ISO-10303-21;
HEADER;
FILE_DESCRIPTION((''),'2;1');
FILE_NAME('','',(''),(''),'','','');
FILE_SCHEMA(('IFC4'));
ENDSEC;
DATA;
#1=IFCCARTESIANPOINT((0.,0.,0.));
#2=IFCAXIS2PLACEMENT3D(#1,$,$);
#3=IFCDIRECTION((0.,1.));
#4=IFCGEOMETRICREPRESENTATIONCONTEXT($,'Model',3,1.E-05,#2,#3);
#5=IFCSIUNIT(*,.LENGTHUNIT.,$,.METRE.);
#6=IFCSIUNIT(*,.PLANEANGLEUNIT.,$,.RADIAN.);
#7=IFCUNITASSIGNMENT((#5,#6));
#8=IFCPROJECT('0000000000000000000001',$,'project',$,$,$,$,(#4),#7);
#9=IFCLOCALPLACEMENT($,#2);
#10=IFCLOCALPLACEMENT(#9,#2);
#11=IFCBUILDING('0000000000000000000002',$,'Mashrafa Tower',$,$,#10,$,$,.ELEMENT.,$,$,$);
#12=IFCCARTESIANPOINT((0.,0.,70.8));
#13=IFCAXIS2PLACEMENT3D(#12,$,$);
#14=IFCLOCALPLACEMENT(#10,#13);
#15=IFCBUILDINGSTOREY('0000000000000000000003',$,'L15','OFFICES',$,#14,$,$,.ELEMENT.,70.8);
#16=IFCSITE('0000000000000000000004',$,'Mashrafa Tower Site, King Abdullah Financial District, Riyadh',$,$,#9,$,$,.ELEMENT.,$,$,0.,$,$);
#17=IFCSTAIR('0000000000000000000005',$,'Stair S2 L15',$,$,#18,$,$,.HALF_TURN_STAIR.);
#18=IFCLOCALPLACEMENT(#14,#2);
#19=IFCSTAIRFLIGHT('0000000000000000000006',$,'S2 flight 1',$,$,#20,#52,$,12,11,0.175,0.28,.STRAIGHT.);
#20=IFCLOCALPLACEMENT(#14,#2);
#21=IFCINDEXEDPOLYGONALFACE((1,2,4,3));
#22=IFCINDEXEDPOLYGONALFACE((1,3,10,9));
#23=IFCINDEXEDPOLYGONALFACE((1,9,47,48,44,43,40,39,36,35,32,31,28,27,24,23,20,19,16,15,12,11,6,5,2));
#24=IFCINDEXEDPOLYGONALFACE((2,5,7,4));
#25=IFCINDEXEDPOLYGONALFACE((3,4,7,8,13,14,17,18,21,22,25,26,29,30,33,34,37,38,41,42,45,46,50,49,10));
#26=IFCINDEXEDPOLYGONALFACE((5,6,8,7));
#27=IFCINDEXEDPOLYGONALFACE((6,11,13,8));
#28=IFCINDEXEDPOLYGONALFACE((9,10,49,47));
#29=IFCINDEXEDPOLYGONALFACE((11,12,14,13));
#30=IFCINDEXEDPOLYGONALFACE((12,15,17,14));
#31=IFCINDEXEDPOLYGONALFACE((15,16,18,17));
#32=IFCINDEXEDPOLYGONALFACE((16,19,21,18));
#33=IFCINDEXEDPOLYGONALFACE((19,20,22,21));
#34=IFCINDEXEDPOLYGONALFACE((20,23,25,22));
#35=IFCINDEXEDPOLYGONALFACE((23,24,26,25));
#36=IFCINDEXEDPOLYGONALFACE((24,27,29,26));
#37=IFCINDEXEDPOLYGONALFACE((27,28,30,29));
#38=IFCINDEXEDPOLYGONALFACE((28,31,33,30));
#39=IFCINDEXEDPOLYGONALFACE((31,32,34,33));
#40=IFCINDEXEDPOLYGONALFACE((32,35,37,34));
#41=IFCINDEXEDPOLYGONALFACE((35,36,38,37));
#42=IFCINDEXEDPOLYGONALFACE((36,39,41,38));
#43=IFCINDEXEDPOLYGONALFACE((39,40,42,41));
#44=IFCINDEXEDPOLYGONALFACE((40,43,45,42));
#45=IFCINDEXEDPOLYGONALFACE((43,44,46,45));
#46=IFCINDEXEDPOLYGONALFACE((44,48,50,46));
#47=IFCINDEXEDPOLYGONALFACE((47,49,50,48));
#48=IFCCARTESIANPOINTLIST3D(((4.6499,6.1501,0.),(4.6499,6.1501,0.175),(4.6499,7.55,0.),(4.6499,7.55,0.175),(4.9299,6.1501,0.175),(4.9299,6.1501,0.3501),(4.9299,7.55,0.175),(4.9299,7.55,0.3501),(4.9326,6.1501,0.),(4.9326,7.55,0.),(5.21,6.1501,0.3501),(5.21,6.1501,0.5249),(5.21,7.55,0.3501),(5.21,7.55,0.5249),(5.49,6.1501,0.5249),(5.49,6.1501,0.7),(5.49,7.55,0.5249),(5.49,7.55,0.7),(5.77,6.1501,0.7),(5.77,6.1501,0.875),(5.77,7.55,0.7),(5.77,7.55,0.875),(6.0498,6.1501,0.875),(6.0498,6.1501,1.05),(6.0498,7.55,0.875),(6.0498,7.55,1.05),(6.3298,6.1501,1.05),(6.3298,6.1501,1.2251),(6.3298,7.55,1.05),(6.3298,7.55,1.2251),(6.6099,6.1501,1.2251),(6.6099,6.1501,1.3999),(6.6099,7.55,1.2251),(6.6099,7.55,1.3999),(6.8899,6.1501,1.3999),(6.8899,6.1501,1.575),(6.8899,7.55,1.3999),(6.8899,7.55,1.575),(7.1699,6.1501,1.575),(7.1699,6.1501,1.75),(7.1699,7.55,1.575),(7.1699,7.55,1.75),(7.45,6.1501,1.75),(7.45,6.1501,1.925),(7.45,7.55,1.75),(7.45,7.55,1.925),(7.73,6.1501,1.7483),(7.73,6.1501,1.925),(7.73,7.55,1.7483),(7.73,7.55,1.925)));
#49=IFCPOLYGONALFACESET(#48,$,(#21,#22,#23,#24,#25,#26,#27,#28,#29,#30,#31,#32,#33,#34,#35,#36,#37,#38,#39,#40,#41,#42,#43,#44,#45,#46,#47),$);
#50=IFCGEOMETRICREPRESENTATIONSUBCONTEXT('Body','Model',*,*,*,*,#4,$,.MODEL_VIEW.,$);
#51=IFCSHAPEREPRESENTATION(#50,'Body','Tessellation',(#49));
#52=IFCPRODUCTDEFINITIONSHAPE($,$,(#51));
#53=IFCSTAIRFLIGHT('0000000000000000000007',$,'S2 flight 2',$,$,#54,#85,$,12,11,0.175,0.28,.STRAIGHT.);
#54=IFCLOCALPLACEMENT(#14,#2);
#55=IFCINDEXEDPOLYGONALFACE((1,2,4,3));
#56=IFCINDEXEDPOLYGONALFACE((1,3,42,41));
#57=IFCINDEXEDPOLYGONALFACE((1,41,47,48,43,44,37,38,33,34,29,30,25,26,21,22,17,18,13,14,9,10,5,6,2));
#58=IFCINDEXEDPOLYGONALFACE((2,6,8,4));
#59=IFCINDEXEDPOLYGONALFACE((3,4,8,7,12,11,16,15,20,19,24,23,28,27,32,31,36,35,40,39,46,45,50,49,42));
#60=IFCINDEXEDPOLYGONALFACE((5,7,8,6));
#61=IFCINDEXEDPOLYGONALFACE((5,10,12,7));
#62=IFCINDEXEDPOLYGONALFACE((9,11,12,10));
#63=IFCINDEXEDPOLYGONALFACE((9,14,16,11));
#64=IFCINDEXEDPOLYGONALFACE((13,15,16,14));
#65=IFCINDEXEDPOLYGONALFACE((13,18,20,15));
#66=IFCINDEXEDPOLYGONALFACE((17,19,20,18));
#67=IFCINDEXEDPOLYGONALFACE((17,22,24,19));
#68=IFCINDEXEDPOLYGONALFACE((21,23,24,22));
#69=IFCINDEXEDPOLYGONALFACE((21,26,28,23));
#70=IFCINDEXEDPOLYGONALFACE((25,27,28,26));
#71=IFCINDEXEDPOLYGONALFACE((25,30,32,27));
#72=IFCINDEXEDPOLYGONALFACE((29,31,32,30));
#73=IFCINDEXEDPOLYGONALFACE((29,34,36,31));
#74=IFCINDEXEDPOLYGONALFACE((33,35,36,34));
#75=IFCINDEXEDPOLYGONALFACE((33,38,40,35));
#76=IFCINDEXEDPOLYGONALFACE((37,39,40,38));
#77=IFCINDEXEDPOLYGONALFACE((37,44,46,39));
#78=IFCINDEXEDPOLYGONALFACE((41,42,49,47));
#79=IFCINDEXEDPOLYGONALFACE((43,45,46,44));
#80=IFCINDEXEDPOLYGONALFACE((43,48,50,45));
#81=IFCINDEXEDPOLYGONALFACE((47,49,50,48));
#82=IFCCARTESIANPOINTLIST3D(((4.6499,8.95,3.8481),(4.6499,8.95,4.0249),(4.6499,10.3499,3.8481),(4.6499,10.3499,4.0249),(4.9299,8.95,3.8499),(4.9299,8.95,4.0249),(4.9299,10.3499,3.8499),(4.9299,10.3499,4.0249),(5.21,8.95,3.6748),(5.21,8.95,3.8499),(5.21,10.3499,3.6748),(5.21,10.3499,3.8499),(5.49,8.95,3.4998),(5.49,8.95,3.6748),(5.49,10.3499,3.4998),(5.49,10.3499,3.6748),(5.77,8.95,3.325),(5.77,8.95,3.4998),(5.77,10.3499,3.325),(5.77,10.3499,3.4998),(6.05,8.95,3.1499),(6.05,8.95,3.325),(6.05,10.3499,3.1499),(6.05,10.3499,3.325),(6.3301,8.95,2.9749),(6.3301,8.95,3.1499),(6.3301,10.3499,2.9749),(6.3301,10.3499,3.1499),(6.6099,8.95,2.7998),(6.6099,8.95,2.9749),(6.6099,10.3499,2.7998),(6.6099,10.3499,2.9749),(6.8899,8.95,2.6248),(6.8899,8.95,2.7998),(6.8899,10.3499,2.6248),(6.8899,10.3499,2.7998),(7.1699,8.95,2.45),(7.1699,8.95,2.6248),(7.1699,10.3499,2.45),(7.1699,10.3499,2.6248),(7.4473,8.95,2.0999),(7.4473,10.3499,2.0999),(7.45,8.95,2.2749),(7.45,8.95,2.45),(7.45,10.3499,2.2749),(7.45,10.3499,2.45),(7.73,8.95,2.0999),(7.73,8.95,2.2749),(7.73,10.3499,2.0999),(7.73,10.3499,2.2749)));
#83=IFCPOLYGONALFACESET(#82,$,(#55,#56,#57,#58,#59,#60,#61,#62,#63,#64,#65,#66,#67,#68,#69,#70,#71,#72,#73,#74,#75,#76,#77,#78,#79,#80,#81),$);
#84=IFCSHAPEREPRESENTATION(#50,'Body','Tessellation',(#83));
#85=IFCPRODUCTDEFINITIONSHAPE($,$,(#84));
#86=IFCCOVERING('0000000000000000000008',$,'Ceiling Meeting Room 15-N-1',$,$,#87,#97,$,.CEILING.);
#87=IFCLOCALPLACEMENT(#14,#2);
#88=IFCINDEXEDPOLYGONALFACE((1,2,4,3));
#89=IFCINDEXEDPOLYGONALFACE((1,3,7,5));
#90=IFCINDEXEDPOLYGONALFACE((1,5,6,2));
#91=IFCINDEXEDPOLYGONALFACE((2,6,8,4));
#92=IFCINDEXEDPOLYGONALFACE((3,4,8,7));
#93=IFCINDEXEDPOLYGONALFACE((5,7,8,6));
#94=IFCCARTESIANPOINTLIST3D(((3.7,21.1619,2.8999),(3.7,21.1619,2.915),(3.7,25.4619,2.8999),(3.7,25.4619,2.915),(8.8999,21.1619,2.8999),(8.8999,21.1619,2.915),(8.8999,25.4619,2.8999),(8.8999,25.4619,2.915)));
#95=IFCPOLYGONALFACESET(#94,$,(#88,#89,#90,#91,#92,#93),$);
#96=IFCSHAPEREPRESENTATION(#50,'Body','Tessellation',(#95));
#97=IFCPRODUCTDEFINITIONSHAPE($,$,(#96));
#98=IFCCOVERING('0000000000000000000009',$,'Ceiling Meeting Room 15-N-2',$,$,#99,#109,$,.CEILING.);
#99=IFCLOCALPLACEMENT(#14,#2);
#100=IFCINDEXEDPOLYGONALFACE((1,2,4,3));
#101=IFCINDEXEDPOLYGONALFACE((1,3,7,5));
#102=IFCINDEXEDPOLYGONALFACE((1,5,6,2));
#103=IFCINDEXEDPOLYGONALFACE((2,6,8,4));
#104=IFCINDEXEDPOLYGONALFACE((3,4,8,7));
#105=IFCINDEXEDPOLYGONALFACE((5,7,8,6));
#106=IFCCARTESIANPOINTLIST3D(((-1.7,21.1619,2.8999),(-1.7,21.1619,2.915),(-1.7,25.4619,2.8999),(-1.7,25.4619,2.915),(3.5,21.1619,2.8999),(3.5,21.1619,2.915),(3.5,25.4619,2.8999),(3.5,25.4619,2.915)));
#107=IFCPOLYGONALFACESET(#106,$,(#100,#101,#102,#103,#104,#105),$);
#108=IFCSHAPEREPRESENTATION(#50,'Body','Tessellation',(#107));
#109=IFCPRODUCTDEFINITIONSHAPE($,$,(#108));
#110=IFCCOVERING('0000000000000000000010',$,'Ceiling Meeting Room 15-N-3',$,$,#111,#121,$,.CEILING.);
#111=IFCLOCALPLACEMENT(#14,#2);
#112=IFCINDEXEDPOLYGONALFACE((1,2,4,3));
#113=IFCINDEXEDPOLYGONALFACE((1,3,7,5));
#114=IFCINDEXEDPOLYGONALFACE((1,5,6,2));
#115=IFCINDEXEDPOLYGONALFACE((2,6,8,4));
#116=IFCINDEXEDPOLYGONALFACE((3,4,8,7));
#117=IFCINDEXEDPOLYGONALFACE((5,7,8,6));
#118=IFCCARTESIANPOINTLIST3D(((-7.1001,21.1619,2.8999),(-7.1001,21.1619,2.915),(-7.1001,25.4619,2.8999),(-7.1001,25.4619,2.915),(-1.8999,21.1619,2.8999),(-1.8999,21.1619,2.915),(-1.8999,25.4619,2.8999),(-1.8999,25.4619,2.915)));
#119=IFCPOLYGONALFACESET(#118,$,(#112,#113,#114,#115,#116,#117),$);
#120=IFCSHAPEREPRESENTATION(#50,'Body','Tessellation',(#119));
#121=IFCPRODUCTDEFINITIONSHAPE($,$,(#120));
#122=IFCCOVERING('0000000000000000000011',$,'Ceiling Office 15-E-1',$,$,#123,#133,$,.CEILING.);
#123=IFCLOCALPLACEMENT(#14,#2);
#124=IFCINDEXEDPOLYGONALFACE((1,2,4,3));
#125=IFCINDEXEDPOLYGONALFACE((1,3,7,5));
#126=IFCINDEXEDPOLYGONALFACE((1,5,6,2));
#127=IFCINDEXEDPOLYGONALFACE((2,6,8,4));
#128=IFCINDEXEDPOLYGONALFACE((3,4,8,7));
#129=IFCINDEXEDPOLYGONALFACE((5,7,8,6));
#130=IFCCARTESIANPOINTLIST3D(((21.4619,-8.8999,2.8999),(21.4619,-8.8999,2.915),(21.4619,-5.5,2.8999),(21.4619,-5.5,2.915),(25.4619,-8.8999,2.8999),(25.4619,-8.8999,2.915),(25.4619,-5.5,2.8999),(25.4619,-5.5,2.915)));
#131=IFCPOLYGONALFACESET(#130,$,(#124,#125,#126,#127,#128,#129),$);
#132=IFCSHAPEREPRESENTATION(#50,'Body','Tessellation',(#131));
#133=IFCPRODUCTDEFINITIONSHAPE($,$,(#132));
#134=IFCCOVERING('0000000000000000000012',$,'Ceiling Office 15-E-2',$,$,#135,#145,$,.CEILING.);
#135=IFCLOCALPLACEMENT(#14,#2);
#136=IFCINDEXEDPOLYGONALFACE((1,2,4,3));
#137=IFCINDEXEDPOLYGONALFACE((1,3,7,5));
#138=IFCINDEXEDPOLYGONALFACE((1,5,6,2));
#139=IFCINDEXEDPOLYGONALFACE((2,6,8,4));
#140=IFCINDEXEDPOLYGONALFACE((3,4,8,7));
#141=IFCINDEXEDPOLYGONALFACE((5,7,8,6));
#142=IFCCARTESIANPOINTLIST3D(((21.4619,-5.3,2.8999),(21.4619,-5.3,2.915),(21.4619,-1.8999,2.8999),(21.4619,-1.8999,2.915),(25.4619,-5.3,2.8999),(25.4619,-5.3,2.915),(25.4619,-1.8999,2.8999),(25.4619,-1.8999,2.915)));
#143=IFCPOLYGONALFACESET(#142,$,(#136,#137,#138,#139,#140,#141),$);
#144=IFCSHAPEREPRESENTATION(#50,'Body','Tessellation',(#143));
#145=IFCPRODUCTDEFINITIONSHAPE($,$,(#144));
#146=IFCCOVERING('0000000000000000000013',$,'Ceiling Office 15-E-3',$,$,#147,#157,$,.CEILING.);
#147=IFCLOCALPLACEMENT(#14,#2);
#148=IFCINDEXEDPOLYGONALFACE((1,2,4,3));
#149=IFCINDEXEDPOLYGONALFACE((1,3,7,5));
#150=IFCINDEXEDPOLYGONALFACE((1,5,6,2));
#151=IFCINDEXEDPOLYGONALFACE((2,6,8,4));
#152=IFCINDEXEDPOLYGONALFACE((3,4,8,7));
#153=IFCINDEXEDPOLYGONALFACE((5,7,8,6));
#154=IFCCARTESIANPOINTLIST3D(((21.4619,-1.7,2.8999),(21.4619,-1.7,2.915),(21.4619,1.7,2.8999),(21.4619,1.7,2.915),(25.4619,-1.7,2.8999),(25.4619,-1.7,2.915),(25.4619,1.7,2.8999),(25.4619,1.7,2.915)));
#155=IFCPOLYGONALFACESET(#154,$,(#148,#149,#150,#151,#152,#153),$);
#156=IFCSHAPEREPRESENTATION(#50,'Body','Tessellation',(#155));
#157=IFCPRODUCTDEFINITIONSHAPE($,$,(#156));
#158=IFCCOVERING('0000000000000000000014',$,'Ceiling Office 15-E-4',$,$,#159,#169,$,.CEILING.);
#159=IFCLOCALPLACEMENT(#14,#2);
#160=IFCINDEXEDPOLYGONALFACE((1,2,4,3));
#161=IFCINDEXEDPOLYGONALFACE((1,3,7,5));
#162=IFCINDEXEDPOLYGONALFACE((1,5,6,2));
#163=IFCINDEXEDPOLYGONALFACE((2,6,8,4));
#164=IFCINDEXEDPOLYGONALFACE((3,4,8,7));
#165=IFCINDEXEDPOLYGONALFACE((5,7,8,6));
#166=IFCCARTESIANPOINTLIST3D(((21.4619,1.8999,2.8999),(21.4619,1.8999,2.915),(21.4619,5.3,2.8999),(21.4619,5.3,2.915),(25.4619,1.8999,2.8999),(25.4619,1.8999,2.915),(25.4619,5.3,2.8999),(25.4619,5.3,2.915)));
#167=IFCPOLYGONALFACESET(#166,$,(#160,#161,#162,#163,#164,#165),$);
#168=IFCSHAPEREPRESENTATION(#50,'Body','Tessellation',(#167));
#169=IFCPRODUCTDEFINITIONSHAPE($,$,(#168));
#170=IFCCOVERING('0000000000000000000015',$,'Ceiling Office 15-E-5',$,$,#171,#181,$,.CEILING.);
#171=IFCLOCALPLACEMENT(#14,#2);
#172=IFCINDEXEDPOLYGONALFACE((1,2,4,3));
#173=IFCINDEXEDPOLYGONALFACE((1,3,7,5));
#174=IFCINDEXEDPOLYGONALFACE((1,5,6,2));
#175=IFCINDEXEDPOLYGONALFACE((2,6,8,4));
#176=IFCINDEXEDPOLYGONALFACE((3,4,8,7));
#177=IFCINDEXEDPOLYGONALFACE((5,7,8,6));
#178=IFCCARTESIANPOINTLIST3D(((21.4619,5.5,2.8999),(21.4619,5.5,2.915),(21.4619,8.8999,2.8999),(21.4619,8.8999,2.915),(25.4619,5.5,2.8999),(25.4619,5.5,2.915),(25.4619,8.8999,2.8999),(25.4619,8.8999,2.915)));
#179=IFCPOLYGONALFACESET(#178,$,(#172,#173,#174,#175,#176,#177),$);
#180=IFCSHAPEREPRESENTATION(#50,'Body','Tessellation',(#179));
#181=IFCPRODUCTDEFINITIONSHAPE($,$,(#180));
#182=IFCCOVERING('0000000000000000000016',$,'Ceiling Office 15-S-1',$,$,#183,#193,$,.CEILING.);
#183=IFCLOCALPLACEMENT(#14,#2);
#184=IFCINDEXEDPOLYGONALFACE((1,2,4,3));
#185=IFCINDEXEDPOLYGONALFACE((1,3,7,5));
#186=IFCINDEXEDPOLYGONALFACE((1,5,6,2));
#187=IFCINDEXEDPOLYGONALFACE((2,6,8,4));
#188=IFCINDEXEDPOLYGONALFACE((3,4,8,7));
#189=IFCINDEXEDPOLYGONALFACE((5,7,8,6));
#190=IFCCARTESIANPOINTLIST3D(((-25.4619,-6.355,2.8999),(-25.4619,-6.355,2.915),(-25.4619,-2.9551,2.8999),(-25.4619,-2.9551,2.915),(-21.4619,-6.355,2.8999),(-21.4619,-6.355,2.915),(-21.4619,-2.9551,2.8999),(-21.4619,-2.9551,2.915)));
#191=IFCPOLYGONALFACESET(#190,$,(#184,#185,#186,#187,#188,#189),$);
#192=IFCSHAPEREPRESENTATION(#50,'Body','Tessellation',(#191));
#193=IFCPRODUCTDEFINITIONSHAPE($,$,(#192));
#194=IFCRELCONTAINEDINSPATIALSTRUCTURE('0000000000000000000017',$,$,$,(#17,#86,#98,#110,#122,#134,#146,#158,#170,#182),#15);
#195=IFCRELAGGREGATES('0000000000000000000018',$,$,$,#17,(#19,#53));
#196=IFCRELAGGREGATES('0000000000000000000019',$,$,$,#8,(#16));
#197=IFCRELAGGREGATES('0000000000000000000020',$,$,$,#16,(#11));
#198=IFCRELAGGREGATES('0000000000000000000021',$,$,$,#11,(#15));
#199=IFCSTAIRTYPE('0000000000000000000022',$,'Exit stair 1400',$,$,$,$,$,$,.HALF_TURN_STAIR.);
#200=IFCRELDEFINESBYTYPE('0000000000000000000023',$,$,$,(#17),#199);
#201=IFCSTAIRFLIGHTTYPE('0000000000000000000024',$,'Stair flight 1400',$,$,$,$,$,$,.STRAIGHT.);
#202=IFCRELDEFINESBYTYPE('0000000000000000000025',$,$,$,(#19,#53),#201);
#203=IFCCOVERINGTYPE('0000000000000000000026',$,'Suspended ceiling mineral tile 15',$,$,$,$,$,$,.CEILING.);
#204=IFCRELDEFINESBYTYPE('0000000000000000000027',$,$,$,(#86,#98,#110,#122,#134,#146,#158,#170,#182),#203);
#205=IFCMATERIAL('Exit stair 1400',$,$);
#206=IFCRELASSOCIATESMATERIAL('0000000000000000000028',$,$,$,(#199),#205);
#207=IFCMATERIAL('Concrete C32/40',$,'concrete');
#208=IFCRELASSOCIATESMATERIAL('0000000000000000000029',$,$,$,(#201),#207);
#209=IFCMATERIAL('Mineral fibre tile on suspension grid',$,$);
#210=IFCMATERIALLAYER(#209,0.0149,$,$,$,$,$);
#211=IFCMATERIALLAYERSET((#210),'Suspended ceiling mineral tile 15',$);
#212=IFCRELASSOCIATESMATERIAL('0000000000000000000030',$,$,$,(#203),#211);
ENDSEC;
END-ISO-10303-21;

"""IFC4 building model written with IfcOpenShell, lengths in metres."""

from ifc_helpers import new_model, si_unit, direction, frame, origin, place, context, subcontext, project, spatial, polyline, outline, extrude, material, layer, layer_set, type_object, element, aggregate, save


model = new_model("IFC4")

# Units and contexts
model_context = context("Model", 3, precision=1e-05, world=origin(), true_north=direction((0.0, 1.0)))
body_context = subcontext(model_context, "Body", "Model", "MODEL_VIEW")
ifc_project = project(units=[si_unit("LENGTHUNIT", "METRE"), si_unit("PLANEANGLEUNIT", "RADIAN")], contexts=[model_context])

# Site, building, storey
site_placement = place(None, origin())
site = spatial("IfcSite", under=ifc_project, at=site_placement, Name="Mashrafa Tower Site, King Abdullah Financial District, Riyadh", CompositionType="ELEMENT", RefElevation=0.0)
building_placement = place(site_placement, origin())
building = spatial("IfcBuilding", under=site, at=building_placement, Name="Mashrafa Tower", CompositionType="ELEMENT")
storey_placement = place(building_placement, frame((0.0, 0.0, 70.8)))
storey = spatial("IfcBuildingStorey", under=building, at=storey_placement, Name="L15", Description="OFFICES", CompositionType="ELEMENT", Elevation=70.8)

# Stair, stair flights
ifc_material_1 = material(Name="Exit stair 1400")
stair_type = type_object("IfcStairType", Name="Exit stair 1400", PredefinedType="HALF_TURN_STAIR", material=ifc_material_1)
stair_placement = place(storey_placement, origin())
stair = element("IfcStair", 1, at=stair_placement, inside=storey, type_object=stair_type, Name="Stair S2 L15", PredefinedType="HALF_TURN_STAIR")
ifc_material_2 = material(Name="Concrete C32/40", Category="concrete")
stair_flight_type = type_object("IfcStairFlightType", Name="Stair flight 1400", PredefinedType="STRAIGHT", material=ifc_material_2)
stair_flight_1_placement = place(storey_placement, frame((4.6499, 6.8501, 0.0), z_axis=(0.0, 0.0, 1.0), x_axis=(1.0, 0.0, 0.0)))
stair_flight_1 = element("IfcStairFlight", 2, at=stair_flight_1_placement, type_object=stair_flight_type, Name="S2 flight 1", NumberOfRisers=12, NumberOfTreads=11, PredefinedType="STRAIGHT", RiserHeight=0.175, TreadLength=0.28, context=body_context, shape_type="SweptSolid", body=[
    extrude(outline(polyline([(0.0, 0.0), (0.0, 0.175), (0.28, 0.175), (0.28, 0.3501), (0.5601, 0.3501), (0.5601, 0.5249), (0.8401, 0.5249), (0.8401, 0.7), (1.1201, 0.7), (1.1201, 0.875), (1.3999, 0.875), (1.3999, 1.05), (1.6799, 1.05), (1.6799, 1.2251), (1.96, 1.2251), (1.96, 1.3999), (2.24, 1.3999), (2.24, 1.575), (2.52, 1.575), (2.52, 1.75), (2.8, 1.75), (2.8, 1.925), (3.0801, 1.925), (3.0801, 2.1001), (3.0801, 1.7483), (0.2827, 0.0), (0.0, 0.0)])), frame((0.0, 0.7, 0.0), z_axis=(0.0, -1.0, 0.0), x_axis=(1.0, 0.0, 0.0)), (0.0, 0.0, 1.0), 1.3999),
])
stair_flight_2_placement = place(storey_placement, frame((7.73, 9.6499, 2.0999), z_axis=(0.0, 0.0, 1.0), x_axis=(-1.0, 0.0, 0.0)))
stair_flight_2 = element("IfcStairFlight", 3, at=stair_flight_2_placement, type_object=stair_flight_type, Name="S2 flight 2", NumberOfRisers=12, NumberOfTreads=11, PredefinedType="STRAIGHT", RiserHeight=0.175, TreadLength=0.28, context=body_context, shape_type="SweptSolid", body=[
    extrude(outline(polyline([(0.0, 0.0), (0.0, 0.175), (0.28, 0.175), (0.28, 0.3501), (0.5601, 0.3501), (0.5601, 0.5249), (0.8401, 0.5249), (0.8401, 0.7), (1.1201, 0.7), (1.1201, 0.875), (1.3999, 0.875), (1.3999, 1.05), (1.6799, 1.05), (1.6799, 1.2251), (1.96, 1.2251), (1.96, 1.3999), (2.24, 1.3999), (2.24, 1.575), (2.52, 1.575), (2.52, 1.75), (2.8, 1.75), (2.8, 1.925), (3.0801, 1.925), (3.0801, 2.1001), (3.0801, 1.7483), (0.2827, 0.0), (0.0, 0.0)])), frame((0.0, 0.7, 0.0), z_axis=(0.0, -1.0, 0.0), x_axis=(1.0, 0.0, 0.0)), (0.0, 0.0, 1.0), 1.3999),
])
aggregate(stair, [stair_flight_1, stair_flight_2])

# Coverings
ifc_material_3 = material(Name="Mineral fibre tile on suspension grid")
ifc_layer_1 = layer(ifc_material_3, 0.0149)
ifc_layer_set_1 = layer_set([ifc_layer_1], Name="Suspended ceiling mineral tile 15")
covering_type = type_object("IfcCoveringType", Name="Suspended ceiling mineral tile 15", PredefinedType="CEILING", material=ifc_layer_set_1)
covering_1_placement = place(storey_placement, frame((0.0, 0.0, 2.8999)))
element("IfcCovering", 4, at=covering_1_placement, inside=storey, type_object=covering_type, Name="Ceiling Meeting Room 15-N-1", PredefinedType="CEILING", context=body_context, shape_type="SweptSolid", body=[
    extrude(outline(polyline([(3.7, 25.4619), (8.8999, 25.4619), (8.8999, 21.1619), (3.7, 21.1619), (3.7, 25.4619)])), origin(), (0.0, 0.0, 1.0), 0.0151),
])
covering_2_placement = place(storey_placement, frame((0.0, 0.0, 2.8999)))
element("IfcCovering", 5, at=covering_2_placement, inside=storey, type_object=covering_type, Name="Ceiling Meeting Room 15-N-2", PredefinedType="CEILING", context=body_context, shape_type="SweptSolid", body=[
    extrude(outline(polyline([(-1.7, 25.4619), (3.5, 25.4619), (3.5, 21.1619), (-1.7, 21.1619), (-1.7, 25.4619)])), origin(), (0.0, 0.0, 1.0), 0.0151),
])
covering_3_placement = place(storey_placement, frame((0.0, 0.0, 2.8999)))
element("IfcCovering", 6, at=covering_3_placement, inside=storey, type_object=covering_type, Name="Ceiling Meeting Room 15-N-3", PredefinedType="CEILING", context=body_context, shape_type="SweptSolid", body=[
    extrude(outline(polyline([(-7.1001, 25.4619), (-1.8999, 25.4619), (-1.8999, 21.1619), (-7.1001, 21.1619), (-7.1001, 25.4619)])), origin(), (0.0, 0.0, 1.0), 0.0151),
])
covering_4_placement = place(storey_placement, frame((0.0, 0.0, 2.8999)))
element("IfcCovering", 7, at=covering_4_placement, inside=storey, type_object=covering_type, Name="Ceiling Office 15-E-1", PredefinedType="CEILING", context=body_context, shape_type="SweptSolid", body=[
    extrude(outline(polyline([(21.4619, -5.5), (25.4619, -5.5), (25.4619, -8.8999), (21.4619, -8.8999), (21.4619, -5.5)])), origin(), (0.0, 0.0, 1.0), 0.0151),
])
covering_5_placement = place(storey_placement, frame((0.0, 0.0, 2.8999)))
element("IfcCovering", 8, at=covering_5_placement, inside=storey, type_object=covering_type, Name="Ceiling Office 15-E-2", PredefinedType="CEILING", context=body_context, shape_type="SweptSolid", body=[
    extrude(outline(polyline([(21.4619, -1.8999), (25.4619, -1.8999), (25.4619, -5.3), (21.4619, -5.3), (21.4619, -1.8999)])), origin(), (0.0, 0.0, 1.0), 0.0151),
])
covering_6_placement = place(storey_placement, frame((0.0, 0.0, 2.8999)))
element("IfcCovering", 9, at=covering_6_placement, inside=storey, type_object=covering_type, Name="Ceiling Office 15-E-3", PredefinedType="CEILING", context=body_context, shape_type="SweptSolid", body=[
    extrude(outline(polyline([(21.4619, 1.7), (25.4619, 1.7), (25.4619, -1.7), (21.4619, -1.7), (21.4619, 1.7)])), origin(), (0.0, 0.0, 1.0), 0.0151),
])
covering_7_placement = place(storey_placement, frame((0.0, 0.0, 2.8999)))
element("IfcCovering", 10, at=covering_7_placement, inside=storey, type_object=covering_type, Name="Ceiling Office 15-E-4", PredefinedType="CEILING", context=body_context, shape_type="SweptSolid", body=[
    extrude(outline(polyline([(21.4619, 5.3), (25.4619, 5.3), (25.4619, 1.8999), (21.4619, 1.8999), (21.4619, 5.3)])), origin(), (0.0, 0.0, 1.0), 0.0151),
])
covering_8_placement = place(storey_placement, frame((0.0, 0.0, 2.8999)))
element("IfcCovering", 11, at=covering_8_placement, inside=storey, type_object=covering_type, Name="Ceiling Office 15-E-5", PredefinedType="CEILING", context=body_context, shape_type="SweptSolid", body=[
    extrude(outline(polyline([(21.4619, 8.8999), (25.4619, 8.8999), (25.4619, 5.5), (21.4619, 5.5), (21.4619, 8.8999)])), origin(), (0.0, 0.0, 1.0), 0.0151),
])
covering_9_placement = place(storey_placement, frame((0.0, 0.0, 2.8999)))
element("IfcCovering", 12, at=covering_9_placement, inside=storey, type_object=covering_type, Name="Ceiling Office 15-S-1", PredefinedType="CEILING", context=body_context, shape_type="SweptSolid", body=[
    extrude(outline(polyline([(-21.4619, -2.9551), (-21.4619, -6.355), (-25.4619, -6.355), (-25.4619, -2.9551), (-21.4619, -2.9551)])), origin(), (0.0, 0.0, 1.0), 0.0151),
])

save(model, "model.ifc")
